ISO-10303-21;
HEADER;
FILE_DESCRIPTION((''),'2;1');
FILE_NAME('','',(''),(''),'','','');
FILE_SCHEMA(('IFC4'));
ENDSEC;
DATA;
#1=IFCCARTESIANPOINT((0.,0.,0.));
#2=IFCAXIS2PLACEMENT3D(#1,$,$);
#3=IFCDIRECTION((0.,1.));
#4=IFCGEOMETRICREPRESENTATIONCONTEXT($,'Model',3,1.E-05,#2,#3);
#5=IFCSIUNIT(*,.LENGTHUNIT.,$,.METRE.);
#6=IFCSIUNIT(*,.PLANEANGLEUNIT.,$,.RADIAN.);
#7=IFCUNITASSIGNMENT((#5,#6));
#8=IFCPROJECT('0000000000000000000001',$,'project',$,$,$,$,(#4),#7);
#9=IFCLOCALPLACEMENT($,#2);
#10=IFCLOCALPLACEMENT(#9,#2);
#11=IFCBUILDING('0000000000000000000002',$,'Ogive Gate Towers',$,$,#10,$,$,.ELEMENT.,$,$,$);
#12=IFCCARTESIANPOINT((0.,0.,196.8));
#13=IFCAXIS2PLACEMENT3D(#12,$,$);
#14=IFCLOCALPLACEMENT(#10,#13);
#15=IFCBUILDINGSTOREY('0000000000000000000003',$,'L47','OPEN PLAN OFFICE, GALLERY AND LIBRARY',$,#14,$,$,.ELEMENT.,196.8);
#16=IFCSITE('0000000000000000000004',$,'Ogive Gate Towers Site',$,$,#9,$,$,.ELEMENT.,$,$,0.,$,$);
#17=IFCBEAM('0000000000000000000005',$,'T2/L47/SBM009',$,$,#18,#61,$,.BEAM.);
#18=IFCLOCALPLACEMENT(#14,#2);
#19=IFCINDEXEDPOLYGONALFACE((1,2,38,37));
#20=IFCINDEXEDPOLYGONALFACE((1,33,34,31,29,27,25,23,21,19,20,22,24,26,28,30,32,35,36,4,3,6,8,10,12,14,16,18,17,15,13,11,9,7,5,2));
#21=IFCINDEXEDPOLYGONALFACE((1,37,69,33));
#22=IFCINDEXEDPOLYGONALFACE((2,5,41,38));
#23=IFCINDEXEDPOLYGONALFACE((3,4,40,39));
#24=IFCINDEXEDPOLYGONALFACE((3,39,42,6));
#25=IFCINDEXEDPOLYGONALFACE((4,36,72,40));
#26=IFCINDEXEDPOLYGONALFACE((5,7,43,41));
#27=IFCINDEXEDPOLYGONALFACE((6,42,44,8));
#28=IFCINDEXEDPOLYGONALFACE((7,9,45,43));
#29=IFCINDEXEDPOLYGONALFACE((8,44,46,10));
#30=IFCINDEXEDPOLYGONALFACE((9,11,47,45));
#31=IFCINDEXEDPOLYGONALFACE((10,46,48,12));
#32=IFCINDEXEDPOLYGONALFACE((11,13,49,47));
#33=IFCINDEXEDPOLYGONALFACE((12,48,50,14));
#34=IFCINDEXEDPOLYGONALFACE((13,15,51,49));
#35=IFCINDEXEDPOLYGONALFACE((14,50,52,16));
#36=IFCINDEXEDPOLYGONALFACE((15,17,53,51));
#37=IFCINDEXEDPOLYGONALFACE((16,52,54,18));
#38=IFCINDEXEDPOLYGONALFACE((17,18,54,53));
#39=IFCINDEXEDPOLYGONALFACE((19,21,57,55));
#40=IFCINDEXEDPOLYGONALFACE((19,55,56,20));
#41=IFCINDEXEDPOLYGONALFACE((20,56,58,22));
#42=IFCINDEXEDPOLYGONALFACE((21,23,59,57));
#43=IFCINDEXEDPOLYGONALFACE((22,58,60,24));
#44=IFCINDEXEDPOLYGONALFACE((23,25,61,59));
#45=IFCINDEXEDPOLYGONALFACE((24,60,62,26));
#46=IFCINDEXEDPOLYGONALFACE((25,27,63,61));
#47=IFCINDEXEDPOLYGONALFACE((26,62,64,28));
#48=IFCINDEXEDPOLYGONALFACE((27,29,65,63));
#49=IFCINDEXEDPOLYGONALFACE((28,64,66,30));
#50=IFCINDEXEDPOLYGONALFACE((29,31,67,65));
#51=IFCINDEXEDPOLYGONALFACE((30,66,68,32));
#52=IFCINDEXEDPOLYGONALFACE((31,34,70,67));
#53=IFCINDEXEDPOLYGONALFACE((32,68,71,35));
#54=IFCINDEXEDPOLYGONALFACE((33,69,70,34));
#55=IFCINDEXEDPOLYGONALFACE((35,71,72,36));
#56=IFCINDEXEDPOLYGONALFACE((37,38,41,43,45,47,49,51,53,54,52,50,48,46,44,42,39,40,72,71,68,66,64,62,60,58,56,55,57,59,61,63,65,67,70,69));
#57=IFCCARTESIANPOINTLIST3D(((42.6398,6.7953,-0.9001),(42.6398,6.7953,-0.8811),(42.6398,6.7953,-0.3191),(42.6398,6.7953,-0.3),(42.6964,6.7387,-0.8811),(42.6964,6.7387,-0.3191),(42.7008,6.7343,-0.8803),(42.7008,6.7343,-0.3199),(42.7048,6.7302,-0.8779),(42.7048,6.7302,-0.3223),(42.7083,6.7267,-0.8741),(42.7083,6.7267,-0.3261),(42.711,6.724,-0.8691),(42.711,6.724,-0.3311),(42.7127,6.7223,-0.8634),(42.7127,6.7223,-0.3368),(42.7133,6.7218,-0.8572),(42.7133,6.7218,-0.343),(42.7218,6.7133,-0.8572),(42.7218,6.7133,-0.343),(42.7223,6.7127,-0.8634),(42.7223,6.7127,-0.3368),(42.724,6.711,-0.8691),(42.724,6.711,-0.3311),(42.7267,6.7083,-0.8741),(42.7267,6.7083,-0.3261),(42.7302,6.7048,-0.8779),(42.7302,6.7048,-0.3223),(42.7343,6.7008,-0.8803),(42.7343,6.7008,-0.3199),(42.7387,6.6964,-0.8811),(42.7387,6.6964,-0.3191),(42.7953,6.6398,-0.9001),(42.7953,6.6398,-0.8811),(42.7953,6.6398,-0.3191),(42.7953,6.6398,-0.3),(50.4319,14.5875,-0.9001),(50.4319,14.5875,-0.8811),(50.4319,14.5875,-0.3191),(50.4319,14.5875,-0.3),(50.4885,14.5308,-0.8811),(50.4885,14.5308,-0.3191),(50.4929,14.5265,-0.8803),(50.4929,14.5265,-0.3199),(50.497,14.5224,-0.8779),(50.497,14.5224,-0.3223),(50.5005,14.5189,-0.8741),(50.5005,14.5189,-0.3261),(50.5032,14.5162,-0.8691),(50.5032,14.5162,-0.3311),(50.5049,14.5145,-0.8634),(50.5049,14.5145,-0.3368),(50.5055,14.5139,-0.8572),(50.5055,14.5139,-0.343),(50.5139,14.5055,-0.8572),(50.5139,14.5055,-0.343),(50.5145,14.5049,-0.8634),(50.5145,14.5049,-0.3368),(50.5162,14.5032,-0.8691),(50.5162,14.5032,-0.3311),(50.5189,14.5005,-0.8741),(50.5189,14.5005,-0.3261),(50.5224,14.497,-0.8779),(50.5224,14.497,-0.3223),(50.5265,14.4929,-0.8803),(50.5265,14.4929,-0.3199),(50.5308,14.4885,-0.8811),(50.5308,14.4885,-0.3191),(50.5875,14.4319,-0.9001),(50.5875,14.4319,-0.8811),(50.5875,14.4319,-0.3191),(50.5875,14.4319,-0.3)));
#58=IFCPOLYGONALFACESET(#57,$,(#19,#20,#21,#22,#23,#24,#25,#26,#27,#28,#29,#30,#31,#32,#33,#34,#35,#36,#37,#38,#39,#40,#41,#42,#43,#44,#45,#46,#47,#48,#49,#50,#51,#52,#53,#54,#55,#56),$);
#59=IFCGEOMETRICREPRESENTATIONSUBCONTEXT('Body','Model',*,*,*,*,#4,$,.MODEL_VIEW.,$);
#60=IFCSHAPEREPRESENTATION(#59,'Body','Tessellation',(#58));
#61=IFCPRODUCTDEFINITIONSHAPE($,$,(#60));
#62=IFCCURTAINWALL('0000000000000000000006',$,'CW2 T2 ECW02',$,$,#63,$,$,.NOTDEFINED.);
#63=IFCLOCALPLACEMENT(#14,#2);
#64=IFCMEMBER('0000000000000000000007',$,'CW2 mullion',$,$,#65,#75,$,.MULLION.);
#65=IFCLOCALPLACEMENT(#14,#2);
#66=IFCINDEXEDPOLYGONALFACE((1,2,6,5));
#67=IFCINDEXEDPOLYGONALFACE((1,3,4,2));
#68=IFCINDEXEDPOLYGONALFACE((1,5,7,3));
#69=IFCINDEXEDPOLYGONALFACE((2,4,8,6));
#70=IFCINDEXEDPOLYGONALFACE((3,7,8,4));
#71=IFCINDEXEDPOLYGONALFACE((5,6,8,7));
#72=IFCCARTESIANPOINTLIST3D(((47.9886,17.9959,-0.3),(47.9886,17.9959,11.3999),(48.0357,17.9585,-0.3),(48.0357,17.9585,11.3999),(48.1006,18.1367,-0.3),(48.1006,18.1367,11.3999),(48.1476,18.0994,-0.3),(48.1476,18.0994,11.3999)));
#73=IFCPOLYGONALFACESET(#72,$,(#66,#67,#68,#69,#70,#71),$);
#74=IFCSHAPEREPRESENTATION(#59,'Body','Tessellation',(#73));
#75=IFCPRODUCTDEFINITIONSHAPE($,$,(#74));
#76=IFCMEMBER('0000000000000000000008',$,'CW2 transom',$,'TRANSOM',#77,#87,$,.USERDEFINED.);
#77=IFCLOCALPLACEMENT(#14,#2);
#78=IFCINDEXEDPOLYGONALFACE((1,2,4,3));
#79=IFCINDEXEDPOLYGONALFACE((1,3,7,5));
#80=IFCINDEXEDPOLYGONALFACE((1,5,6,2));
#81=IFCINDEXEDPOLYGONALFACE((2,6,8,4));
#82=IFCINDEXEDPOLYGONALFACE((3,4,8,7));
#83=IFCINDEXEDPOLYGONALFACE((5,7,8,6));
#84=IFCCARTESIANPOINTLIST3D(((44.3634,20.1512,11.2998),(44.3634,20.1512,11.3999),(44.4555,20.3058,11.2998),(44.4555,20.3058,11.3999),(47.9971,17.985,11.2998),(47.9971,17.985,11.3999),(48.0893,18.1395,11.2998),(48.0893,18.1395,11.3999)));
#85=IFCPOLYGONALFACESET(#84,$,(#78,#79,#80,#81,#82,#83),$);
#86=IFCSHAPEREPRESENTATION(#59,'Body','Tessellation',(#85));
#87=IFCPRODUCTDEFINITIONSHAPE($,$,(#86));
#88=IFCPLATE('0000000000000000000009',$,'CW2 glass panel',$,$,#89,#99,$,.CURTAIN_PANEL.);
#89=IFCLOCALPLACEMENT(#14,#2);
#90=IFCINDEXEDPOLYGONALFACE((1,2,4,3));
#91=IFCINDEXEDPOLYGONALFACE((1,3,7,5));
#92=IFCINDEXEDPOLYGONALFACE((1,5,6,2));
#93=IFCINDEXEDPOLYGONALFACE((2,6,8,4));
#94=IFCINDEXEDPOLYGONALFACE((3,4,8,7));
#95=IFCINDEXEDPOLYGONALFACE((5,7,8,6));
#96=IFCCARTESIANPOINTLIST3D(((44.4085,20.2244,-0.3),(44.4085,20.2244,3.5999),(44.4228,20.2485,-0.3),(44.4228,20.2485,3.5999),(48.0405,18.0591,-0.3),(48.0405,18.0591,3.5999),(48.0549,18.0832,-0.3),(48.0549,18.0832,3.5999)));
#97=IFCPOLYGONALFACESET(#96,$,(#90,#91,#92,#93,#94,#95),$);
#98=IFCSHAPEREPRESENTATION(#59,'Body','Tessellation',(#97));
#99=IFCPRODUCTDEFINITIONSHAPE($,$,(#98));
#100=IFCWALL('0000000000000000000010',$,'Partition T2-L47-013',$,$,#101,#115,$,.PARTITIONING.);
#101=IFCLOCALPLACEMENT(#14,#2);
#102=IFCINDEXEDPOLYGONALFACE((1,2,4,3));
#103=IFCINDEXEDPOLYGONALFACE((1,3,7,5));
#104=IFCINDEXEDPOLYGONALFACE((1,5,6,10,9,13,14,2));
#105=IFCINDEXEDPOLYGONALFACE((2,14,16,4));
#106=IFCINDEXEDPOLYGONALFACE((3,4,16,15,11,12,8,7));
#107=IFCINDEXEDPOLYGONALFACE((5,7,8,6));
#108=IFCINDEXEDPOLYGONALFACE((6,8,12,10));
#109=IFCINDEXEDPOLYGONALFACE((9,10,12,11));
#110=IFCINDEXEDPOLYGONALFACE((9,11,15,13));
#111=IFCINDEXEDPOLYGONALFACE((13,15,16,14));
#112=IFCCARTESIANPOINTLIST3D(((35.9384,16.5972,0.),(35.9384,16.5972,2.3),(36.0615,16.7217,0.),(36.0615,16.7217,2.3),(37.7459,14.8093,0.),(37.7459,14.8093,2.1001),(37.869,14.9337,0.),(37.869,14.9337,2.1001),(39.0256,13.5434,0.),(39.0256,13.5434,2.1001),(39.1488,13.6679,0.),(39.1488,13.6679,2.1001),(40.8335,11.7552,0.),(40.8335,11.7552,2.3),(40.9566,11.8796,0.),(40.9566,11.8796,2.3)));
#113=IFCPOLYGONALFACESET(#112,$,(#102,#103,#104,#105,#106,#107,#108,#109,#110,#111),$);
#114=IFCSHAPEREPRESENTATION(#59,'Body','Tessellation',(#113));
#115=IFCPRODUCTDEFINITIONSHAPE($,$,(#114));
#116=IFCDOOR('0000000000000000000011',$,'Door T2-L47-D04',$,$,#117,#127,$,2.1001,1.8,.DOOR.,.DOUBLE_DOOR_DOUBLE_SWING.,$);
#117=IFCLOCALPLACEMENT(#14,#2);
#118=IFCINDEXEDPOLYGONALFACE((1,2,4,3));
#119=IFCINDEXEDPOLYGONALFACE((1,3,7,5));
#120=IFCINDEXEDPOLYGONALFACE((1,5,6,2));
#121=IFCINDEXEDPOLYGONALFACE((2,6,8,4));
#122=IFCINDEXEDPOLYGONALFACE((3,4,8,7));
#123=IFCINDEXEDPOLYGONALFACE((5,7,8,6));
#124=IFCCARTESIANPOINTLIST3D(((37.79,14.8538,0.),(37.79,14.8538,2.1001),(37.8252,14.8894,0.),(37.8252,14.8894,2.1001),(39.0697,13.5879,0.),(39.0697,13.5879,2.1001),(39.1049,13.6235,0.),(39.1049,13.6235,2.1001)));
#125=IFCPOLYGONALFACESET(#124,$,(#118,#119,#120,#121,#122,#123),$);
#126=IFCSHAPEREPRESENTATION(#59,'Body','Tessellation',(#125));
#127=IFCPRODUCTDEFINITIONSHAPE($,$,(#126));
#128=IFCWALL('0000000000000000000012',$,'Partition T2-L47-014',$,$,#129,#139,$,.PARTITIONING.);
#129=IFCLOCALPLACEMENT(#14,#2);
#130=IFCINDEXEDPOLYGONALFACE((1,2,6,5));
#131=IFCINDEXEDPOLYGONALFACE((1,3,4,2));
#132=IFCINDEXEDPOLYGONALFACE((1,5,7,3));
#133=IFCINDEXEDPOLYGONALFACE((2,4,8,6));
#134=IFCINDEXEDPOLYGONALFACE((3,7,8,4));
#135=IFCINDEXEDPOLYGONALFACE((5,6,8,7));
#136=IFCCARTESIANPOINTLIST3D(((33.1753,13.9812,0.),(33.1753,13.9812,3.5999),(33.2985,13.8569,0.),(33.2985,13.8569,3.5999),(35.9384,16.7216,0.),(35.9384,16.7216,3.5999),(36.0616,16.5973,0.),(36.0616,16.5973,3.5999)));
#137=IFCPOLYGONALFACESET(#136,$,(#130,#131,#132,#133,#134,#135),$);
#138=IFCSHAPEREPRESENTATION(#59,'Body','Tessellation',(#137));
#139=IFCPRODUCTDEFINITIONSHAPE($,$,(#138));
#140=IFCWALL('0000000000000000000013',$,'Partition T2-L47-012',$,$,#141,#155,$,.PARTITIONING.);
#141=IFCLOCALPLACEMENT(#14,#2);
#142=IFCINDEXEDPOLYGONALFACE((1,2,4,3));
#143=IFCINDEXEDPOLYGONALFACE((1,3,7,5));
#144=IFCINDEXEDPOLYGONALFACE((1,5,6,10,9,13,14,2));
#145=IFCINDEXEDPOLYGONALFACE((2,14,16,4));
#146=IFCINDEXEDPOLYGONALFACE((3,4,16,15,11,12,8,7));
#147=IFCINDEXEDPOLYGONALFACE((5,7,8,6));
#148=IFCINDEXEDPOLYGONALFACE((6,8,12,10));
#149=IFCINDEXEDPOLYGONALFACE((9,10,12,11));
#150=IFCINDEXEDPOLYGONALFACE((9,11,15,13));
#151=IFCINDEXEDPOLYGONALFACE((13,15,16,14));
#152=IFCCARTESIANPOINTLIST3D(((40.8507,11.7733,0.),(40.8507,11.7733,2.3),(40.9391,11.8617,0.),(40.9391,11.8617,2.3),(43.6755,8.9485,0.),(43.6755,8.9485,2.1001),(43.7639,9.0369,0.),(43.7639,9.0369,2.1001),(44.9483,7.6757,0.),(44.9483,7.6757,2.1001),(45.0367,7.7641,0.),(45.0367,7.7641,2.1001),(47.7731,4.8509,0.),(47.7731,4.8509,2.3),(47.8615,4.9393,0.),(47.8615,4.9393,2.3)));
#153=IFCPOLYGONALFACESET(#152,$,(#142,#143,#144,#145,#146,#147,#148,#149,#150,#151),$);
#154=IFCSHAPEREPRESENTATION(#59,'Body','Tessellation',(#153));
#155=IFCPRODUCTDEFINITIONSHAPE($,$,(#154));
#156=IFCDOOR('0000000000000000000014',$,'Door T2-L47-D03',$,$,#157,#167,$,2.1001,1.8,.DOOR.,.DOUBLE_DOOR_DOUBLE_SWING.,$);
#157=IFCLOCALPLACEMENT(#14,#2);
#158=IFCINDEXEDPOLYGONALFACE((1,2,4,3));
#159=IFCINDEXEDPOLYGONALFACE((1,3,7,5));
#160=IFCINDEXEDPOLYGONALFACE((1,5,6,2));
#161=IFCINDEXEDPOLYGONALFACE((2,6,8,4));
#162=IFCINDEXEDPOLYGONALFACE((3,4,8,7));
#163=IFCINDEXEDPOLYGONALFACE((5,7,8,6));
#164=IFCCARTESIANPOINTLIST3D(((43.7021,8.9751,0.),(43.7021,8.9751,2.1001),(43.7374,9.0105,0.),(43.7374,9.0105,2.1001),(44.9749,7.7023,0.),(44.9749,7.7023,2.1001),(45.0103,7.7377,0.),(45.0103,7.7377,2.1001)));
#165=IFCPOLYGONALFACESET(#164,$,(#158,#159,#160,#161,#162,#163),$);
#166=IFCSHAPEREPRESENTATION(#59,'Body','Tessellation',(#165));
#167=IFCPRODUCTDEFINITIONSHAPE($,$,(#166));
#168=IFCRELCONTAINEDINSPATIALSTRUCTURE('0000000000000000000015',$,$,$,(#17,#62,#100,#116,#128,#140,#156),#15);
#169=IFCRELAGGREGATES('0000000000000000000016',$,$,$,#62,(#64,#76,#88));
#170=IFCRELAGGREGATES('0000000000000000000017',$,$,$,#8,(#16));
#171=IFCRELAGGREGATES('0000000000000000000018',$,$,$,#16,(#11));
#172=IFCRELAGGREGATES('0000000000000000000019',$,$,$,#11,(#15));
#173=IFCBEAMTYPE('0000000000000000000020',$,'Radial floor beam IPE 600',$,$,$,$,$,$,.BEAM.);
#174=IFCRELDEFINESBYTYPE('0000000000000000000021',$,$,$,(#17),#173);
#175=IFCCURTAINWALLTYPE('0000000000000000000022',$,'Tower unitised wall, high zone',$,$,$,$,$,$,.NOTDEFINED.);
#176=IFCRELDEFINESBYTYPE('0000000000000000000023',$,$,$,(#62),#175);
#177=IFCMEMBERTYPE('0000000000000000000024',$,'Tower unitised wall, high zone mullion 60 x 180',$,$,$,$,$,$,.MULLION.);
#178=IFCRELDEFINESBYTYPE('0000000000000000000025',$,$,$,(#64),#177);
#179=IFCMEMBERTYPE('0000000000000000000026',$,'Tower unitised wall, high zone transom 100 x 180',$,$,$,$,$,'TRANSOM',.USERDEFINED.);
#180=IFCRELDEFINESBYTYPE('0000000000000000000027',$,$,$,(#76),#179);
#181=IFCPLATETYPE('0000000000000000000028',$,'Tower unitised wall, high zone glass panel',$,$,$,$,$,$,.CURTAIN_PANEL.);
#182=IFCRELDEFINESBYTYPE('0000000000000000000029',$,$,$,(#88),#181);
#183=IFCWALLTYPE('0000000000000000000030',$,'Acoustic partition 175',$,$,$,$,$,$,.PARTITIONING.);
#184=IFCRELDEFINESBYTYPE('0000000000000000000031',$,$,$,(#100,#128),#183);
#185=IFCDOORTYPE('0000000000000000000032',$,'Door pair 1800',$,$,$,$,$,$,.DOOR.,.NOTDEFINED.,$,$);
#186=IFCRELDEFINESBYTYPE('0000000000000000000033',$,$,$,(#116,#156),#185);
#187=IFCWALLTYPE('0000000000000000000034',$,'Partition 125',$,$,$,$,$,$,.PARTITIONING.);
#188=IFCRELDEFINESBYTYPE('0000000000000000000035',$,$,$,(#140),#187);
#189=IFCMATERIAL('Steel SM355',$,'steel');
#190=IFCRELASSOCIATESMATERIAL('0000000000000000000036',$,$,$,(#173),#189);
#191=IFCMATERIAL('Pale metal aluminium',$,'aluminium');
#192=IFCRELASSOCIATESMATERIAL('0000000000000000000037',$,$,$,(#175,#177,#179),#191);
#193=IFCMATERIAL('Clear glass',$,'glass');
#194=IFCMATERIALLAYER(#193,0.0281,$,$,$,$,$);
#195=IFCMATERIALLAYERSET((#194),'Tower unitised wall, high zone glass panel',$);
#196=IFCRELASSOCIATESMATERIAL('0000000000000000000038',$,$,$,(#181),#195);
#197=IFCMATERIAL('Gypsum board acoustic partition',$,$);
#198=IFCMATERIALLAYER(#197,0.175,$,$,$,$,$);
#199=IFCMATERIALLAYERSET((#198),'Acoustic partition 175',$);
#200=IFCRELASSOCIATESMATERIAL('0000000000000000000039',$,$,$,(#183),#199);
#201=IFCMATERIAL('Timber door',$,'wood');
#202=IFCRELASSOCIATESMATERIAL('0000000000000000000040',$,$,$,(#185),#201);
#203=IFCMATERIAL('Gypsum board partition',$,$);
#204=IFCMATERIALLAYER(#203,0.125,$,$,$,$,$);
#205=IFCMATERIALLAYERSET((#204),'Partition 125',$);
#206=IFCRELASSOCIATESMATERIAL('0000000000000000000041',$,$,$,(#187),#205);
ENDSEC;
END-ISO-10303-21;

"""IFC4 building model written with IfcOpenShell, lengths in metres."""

from ifc_helpers import new_model, si_unit, direction, frame, frame_2d, origin, origin_2d, place, context, subcontext, project, spatial, rectangle, i_section, extrude, material, layer, layer_set, material_profile, profile_set, type_object, element, fill, aggregate, save


model = new_model("IFC4")

# Units and contexts
model_context = context("Model", 3, precision=1e-05, world=origin(), true_north=direction((0.0, 1.0)))
body_context = subcontext(model_context, "Body", "Model", "MODEL_VIEW")
ifc_project = project(units=[si_unit("LENGTHUNIT", "METRE"), si_unit("PLANEANGLEUNIT", "RADIAN")], contexts=[model_context])

# Site, building, storey
site_placement = place(None, origin())
site = spatial("IfcSite", under=ifc_project, at=site_placement, Name="Ogive Gate Towers Site", CompositionType="ELEMENT", RefElevation=0.0)
building_placement = place(site_placement, origin())
building = spatial("IfcBuilding", under=site, at=building_placement, Name="Ogive Gate Towers", CompositionType="ELEMENT")
storey_placement = place(building_placement, frame((0.0, 0.0, 196.8)))
storey = spatial("IfcBuildingStorey", under=building, at=storey_placement, Name="L47", Description="OPEN PLAN OFFICE, GALLERY AND LIBRARY", CompositionType="ELEMENT", Elevation=196.8)

# Beam
ifc_material_1 = material(Name="Steel SM355", Category="steel")
ifc_material_profile_1 = material_profile(ifc_material_1, i_section(OverallWidth=0.22, OverallDepth=0.6001, WebThickness=0.012, FlangeThickness=0.019, FilletRadius=0.0239, at=origin_2d()), Name="IPE 600")
ifc_profile_set_1 = profile_set([ifc_material_profile_1], Name="Steel SM355")
beam_type_1 = type_object("IfcBeamType", Name="Radial floor beam IPE 600", PredefinedType="BEAM", material=ifc_profile_set_1)
beam_1_placement = place(storey_placement, frame((42.7175, 6.7175, -0.6001), z_axis=(0.707107, 0.707107, 0.0), x_axis=(-0.707107, 0.707107, 0.0)))
element("IfcBeam", 1, at=beam_1_placement, inside=storey, type_object=beam_type_1, Name="T2/L47/SBM009", PredefinedType="BEAM", context=body_context, shape_type="SweptSolid", body=[
    extrude(i_section(OverallWidth=0.22, OverallDepth=0.6001, WebThickness=0.012, FlangeThickness=0.019, FilletRadius=0.0239, at=origin_2d()), origin(), (0.0, 0.0, 1.0), 11.0198),
])

# Curtain wall, members, plate
ifc_material_2 = material(Name="Pale metal aluminium", Category="aluminium")
curtain_wall_type = type_object("IfcCurtainWallType", Name="Tower unitised wall, high zone", PredefinedType="NOTDEFINED", material=ifc_material_2)
curtain_wall_placement = place(storey_placement, origin())
curtain_wall = element("IfcCurtainWall", 2, at=curtain_wall_placement, inside=storey, type_object=curtain_wall_type, Name="CW2 T2 ECW02", PredefinedType="NOTDEFINED")
ifc_material_profile_2 = material_profile(ifc_material_2, rectangle(XDim=0.1799, YDim=0.0601, at=origin_2d()), Name="60 x 180 aluminium box")
ifc_profile_set_2 = profile_set([ifc_material_profile_2], Name="Pale metal aluminium")
member_type_1 = type_object("IfcMemberType", Name="Tower unitised wall, high zone mullion 60 x 180", PredefinedType="MULLION", material=ifc_profile_set_2)
member_1_placement = place(storey_placement, frame((48.0681, 18.0476, -0.3), z_axis=(0.0, 0.0, 1.0), x_axis=(0.622173, 0.78288, 0.0)))
member_1 = element("IfcMember", 3, at=member_1_placement, type_object=member_type_1, Name="CW2 mullion", PredefinedType="MULLION", context=body_context, shape_type="SweptSolid", body=[
    extrude(rectangle(XDim=0.1799, YDim=0.0601, at=origin_2d()), origin(), (0.0, 0.0, 1.0), 11.7),
])
ifc_material_profile_3 = material_profile(ifc_material_2, rectangle(XDim=0.1799, YDim=0.1001, at=origin_2d()), Name="100 x 180 aluminium box")
ifc_profile_set_3 = profile_set([ifc_material_profile_3], Name="Pale metal aluminium")
member_type_2 = type_object("IfcMemberType", Name="Tower unitised wall, high zone transom 100 x 180", ElementType="TRANSOM", PredefinedType="USERDEFINED", material=ifc_profile_set_3)
member_2_placement = place(storey_placement, frame((48.0432, 18.0623, 11.3499), z_axis=(-0.858951, 0.512058, 0.0), x_axis=(-0.512058, -0.858951, 0.0)))
member_2 = element("IfcMember", 4, at=member_2_placement, type_object=member_type_2, Name="CW2 transom", ObjectType="TRANSOM", PredefinedType="USERDEFINED", context=body_context, shape_type="SweptSolid", body=[
    extrude(rectangle(XDim=0.1799, YDim=0.1001, at=origin_2d()), origin(), (0.0, 0.0, 1.0), 4.2305),
])
ifc_material_3 = material(Name="Clear glass", Category="glass")
ifc_layer_1 = layer(ifc_material_3, 0.0281)
ifc_layer_set_1 = layer_set([ifc_layer_1], Name="Tower unitised wall, high zone glass panel")
plate_type = type_object("IfcPlateType", Name="Tower unitised wall, high zone glass panel", PredefinedType="CURTAIN_PANEL", material=ifc_layer_set_1)
plate_placement = place(storey_placement, frame((46.2317, 19.1538, -0.3), z_axis=(0.0, 0.0, 1.0), x_axis=(-0.858951, 0.512058, 0.0)))
plate = element("IfcPlate", 5, at=plate_placement, type_object=plate_type, Name="CW2 glass panel", PredefinedType="CURTAIN_PANEL", context=body_context, shape_type="SweptSolid", body=[
    extrude(rectangle(XDim=4.2285, YDim=0.0281, at=origin_2d()), origin(), (0.0, 0.0, 1.0), 3.8999),
])
aggregate(curtain_wall, [member_1, member_2, plate])

# Wall, opening, door
ifc_material_4 = material(Name="Gypsum board acoustic partition")
ifc_layer_2 = layer(ifc_material_4, 0.175)
ifc_layer_set_2 = layer_set([ifc_layer_2], Name="Acoustic partition 175")
wall_type_1 = type_object("IfcWallType", Name="Acoustic partition 175", PredefinedType="PARTITIONING", material=ifc_layer_set_2)
wall_1_placement = place(storey_placement, frame((40.895, 11.8174, 0.0), z_axis=(0.0, 0.0, 1.0), x_axis=(-0.710944, 0.703249, 0.0)))
wall_1 = element("IfcWall", 6, at=wall_1_placement, inside=storey, type_object=wall_type_1, Name="Partition T2-L47-013", PredefinedType="PARTITIONING", context=body_context, shape_type="SweptSolid", body=[
    extrude(rectangle(XDim=6.8853, YDim=0.175, at=frame_2d((3.4426, 0.0))), origin(), (0.0, 0.0, 1.0), 2.3),
])
opening_1_placement = place(wall_1_placement, frame((2.543, 0.0, 0.0)))
opening_1 = element("IfcOpeningElement", 7, at=opening_1_placement, cuts=wall_1, PredefinedType="OPENING", context=body_context, shape_type="SweptSolid", body=[
    extrude(rectangle(XDim=1.8, YDim=2.1001, at=frame_2d((0.8999, 1.05))), frame((0.0, 0.0977, 0.0), z_axis=(0.0, -1.0, 0.0), x_axis=(1.0, 0.0, 0.0)), (0.0, 0.0, 1.0), 0.1951),
])
ifc_material_5 = material(Name="Timber door", Category="wood")
door_type_1 = type_object("IfcDoorType", Name="Door pair 1800", OperationType="NOTDEFINED", PredefinedType="DOOR", material=ifc_material_5)
door_1_placement = place(opening_1_placement, origin())
door_1 = element("IfcDoor", 8, at=door_1_placement, inside=storey, type_object=door_type_1, Name="Door T2-L47-D04", OperationType="DOUBLE_DOOR_DOUBLE_SWING", OverallHeight=2.1001, OverallWidth=1.8, PredefinedType="DOOR", context=body_context, shape_type="SweptSolid", body=[
    extrude(rectangle(XDim=1.8, YDim=2.1001, at=frame_2d((0.8999, 1.05))), frame((0.0, 0.0249, 0.0), z_axis=(0.0, -1.0, 0.0), x_axis=(1.0, 0.0, 0.0)), (0.0, 0.0, 1.0), 0.05),
])
fill(opening_1, door_1)

# Wall
wall_2_placement = place(storey_placement, frame((36.0, 16.6594, 0.0), z_axis=(0.0, 0.0, 1.0), x_axis=(-0.710018, -0.704184, 0.0)))
element("IfcWall", 9, at=wall_2_placement, inside=storey, type_object=wall_type_1, Name="Partition T2-L47-014", PredefinedType="PARTITIONING", context=body_context, shape_type="SweptSolid", body=[
    extrude(rectangle(XDim=3.8916, YDim=0.175, at=frame_2d((1.9458, 0.0))), origin(), (0.0, 0.0, 1.0), 3.5999),
])

# Wall, opening, door
ifc_material_6 = material(Name="Gypsum board partition")
ifc_layer_3 = layer(ifc_material_6, 0.125)
ifc_layer_set_3 = layer_set([ifc_layer_3], Name="Partition 125")
wall_type_2 = type_object("IfcWallType", Name="Partition 125", PredefinedType="PARTITIONING", material=ifc_layer_set_3)
wall_3_placement = place(storey_placement, frame((47.8174, 4.895, 0.0), z_axis=(0.0, 0.0, 1.0), x_axis=(-0.707107, 0.707107, 0.0)))
wall_3 = element("IfcWall", 10, at=wall_3_placement, inside=storey, type_object=wall_type_2, Name="Partition T2-L47-012", PredefinedType="PARTITIONING", context=body_context, shape_type="SweptSolid", body=[
    extrude(rectangle(XDim=9.7898, YDim=0.125, at=frame_2d((4.895, 0.0))), origin(), (0.0, 0.0, 1.0), 2.3),
])
opening_2_placement = place(wall_3_placement, frame((3.9951, 0.0, 0.0)))
opening_2 = element("IfcOpeningElement", 11, at=opening_2_placement, cuts=wall_3, PredefinedType="OPENING", context=body_context, shape_type="SweptSolid", body=[
    extrude(rectangle(XDim=1.8, YDim=2.1001, at=frame_2d((0.8999, 1.05))), frame((0.0, 0.0725, 0.0), z_axis=(0.0, -1.0, 0.0), x_axis=(1.0, 0.0, 0.0)), (0.0, 0.0, 1.0), 0.145),
])
door_2_placement = place(opening_2_placement, origin())
door_2 = element("IfcDoor", 12, at=door_2_placement, inside=storey, type_object=door_type_1, Name="Door T2-L47-D03", OperationType="DOUBLE_DOOR_DOUBLE_SWING", OverallHeight=2.1001, OverallWidth=1.8, PredefinedType="DOOR", context=body_context, shape_type="SweptSolid", body=[
    extrude(rectangle(XDim=1.8, YDim=2.1001, at=frame_2d((0.8999, 1.05))), frame((0.0, 0.0249, 0.0), z_axis=(0.0, -1.0, 0.0), x_axis=(1.0, 0.0, 0.0)), (0.0, 0.0, 1.0), 0.05),
])
fill(opening_2, door_2)

save(model, "model.ifc")
